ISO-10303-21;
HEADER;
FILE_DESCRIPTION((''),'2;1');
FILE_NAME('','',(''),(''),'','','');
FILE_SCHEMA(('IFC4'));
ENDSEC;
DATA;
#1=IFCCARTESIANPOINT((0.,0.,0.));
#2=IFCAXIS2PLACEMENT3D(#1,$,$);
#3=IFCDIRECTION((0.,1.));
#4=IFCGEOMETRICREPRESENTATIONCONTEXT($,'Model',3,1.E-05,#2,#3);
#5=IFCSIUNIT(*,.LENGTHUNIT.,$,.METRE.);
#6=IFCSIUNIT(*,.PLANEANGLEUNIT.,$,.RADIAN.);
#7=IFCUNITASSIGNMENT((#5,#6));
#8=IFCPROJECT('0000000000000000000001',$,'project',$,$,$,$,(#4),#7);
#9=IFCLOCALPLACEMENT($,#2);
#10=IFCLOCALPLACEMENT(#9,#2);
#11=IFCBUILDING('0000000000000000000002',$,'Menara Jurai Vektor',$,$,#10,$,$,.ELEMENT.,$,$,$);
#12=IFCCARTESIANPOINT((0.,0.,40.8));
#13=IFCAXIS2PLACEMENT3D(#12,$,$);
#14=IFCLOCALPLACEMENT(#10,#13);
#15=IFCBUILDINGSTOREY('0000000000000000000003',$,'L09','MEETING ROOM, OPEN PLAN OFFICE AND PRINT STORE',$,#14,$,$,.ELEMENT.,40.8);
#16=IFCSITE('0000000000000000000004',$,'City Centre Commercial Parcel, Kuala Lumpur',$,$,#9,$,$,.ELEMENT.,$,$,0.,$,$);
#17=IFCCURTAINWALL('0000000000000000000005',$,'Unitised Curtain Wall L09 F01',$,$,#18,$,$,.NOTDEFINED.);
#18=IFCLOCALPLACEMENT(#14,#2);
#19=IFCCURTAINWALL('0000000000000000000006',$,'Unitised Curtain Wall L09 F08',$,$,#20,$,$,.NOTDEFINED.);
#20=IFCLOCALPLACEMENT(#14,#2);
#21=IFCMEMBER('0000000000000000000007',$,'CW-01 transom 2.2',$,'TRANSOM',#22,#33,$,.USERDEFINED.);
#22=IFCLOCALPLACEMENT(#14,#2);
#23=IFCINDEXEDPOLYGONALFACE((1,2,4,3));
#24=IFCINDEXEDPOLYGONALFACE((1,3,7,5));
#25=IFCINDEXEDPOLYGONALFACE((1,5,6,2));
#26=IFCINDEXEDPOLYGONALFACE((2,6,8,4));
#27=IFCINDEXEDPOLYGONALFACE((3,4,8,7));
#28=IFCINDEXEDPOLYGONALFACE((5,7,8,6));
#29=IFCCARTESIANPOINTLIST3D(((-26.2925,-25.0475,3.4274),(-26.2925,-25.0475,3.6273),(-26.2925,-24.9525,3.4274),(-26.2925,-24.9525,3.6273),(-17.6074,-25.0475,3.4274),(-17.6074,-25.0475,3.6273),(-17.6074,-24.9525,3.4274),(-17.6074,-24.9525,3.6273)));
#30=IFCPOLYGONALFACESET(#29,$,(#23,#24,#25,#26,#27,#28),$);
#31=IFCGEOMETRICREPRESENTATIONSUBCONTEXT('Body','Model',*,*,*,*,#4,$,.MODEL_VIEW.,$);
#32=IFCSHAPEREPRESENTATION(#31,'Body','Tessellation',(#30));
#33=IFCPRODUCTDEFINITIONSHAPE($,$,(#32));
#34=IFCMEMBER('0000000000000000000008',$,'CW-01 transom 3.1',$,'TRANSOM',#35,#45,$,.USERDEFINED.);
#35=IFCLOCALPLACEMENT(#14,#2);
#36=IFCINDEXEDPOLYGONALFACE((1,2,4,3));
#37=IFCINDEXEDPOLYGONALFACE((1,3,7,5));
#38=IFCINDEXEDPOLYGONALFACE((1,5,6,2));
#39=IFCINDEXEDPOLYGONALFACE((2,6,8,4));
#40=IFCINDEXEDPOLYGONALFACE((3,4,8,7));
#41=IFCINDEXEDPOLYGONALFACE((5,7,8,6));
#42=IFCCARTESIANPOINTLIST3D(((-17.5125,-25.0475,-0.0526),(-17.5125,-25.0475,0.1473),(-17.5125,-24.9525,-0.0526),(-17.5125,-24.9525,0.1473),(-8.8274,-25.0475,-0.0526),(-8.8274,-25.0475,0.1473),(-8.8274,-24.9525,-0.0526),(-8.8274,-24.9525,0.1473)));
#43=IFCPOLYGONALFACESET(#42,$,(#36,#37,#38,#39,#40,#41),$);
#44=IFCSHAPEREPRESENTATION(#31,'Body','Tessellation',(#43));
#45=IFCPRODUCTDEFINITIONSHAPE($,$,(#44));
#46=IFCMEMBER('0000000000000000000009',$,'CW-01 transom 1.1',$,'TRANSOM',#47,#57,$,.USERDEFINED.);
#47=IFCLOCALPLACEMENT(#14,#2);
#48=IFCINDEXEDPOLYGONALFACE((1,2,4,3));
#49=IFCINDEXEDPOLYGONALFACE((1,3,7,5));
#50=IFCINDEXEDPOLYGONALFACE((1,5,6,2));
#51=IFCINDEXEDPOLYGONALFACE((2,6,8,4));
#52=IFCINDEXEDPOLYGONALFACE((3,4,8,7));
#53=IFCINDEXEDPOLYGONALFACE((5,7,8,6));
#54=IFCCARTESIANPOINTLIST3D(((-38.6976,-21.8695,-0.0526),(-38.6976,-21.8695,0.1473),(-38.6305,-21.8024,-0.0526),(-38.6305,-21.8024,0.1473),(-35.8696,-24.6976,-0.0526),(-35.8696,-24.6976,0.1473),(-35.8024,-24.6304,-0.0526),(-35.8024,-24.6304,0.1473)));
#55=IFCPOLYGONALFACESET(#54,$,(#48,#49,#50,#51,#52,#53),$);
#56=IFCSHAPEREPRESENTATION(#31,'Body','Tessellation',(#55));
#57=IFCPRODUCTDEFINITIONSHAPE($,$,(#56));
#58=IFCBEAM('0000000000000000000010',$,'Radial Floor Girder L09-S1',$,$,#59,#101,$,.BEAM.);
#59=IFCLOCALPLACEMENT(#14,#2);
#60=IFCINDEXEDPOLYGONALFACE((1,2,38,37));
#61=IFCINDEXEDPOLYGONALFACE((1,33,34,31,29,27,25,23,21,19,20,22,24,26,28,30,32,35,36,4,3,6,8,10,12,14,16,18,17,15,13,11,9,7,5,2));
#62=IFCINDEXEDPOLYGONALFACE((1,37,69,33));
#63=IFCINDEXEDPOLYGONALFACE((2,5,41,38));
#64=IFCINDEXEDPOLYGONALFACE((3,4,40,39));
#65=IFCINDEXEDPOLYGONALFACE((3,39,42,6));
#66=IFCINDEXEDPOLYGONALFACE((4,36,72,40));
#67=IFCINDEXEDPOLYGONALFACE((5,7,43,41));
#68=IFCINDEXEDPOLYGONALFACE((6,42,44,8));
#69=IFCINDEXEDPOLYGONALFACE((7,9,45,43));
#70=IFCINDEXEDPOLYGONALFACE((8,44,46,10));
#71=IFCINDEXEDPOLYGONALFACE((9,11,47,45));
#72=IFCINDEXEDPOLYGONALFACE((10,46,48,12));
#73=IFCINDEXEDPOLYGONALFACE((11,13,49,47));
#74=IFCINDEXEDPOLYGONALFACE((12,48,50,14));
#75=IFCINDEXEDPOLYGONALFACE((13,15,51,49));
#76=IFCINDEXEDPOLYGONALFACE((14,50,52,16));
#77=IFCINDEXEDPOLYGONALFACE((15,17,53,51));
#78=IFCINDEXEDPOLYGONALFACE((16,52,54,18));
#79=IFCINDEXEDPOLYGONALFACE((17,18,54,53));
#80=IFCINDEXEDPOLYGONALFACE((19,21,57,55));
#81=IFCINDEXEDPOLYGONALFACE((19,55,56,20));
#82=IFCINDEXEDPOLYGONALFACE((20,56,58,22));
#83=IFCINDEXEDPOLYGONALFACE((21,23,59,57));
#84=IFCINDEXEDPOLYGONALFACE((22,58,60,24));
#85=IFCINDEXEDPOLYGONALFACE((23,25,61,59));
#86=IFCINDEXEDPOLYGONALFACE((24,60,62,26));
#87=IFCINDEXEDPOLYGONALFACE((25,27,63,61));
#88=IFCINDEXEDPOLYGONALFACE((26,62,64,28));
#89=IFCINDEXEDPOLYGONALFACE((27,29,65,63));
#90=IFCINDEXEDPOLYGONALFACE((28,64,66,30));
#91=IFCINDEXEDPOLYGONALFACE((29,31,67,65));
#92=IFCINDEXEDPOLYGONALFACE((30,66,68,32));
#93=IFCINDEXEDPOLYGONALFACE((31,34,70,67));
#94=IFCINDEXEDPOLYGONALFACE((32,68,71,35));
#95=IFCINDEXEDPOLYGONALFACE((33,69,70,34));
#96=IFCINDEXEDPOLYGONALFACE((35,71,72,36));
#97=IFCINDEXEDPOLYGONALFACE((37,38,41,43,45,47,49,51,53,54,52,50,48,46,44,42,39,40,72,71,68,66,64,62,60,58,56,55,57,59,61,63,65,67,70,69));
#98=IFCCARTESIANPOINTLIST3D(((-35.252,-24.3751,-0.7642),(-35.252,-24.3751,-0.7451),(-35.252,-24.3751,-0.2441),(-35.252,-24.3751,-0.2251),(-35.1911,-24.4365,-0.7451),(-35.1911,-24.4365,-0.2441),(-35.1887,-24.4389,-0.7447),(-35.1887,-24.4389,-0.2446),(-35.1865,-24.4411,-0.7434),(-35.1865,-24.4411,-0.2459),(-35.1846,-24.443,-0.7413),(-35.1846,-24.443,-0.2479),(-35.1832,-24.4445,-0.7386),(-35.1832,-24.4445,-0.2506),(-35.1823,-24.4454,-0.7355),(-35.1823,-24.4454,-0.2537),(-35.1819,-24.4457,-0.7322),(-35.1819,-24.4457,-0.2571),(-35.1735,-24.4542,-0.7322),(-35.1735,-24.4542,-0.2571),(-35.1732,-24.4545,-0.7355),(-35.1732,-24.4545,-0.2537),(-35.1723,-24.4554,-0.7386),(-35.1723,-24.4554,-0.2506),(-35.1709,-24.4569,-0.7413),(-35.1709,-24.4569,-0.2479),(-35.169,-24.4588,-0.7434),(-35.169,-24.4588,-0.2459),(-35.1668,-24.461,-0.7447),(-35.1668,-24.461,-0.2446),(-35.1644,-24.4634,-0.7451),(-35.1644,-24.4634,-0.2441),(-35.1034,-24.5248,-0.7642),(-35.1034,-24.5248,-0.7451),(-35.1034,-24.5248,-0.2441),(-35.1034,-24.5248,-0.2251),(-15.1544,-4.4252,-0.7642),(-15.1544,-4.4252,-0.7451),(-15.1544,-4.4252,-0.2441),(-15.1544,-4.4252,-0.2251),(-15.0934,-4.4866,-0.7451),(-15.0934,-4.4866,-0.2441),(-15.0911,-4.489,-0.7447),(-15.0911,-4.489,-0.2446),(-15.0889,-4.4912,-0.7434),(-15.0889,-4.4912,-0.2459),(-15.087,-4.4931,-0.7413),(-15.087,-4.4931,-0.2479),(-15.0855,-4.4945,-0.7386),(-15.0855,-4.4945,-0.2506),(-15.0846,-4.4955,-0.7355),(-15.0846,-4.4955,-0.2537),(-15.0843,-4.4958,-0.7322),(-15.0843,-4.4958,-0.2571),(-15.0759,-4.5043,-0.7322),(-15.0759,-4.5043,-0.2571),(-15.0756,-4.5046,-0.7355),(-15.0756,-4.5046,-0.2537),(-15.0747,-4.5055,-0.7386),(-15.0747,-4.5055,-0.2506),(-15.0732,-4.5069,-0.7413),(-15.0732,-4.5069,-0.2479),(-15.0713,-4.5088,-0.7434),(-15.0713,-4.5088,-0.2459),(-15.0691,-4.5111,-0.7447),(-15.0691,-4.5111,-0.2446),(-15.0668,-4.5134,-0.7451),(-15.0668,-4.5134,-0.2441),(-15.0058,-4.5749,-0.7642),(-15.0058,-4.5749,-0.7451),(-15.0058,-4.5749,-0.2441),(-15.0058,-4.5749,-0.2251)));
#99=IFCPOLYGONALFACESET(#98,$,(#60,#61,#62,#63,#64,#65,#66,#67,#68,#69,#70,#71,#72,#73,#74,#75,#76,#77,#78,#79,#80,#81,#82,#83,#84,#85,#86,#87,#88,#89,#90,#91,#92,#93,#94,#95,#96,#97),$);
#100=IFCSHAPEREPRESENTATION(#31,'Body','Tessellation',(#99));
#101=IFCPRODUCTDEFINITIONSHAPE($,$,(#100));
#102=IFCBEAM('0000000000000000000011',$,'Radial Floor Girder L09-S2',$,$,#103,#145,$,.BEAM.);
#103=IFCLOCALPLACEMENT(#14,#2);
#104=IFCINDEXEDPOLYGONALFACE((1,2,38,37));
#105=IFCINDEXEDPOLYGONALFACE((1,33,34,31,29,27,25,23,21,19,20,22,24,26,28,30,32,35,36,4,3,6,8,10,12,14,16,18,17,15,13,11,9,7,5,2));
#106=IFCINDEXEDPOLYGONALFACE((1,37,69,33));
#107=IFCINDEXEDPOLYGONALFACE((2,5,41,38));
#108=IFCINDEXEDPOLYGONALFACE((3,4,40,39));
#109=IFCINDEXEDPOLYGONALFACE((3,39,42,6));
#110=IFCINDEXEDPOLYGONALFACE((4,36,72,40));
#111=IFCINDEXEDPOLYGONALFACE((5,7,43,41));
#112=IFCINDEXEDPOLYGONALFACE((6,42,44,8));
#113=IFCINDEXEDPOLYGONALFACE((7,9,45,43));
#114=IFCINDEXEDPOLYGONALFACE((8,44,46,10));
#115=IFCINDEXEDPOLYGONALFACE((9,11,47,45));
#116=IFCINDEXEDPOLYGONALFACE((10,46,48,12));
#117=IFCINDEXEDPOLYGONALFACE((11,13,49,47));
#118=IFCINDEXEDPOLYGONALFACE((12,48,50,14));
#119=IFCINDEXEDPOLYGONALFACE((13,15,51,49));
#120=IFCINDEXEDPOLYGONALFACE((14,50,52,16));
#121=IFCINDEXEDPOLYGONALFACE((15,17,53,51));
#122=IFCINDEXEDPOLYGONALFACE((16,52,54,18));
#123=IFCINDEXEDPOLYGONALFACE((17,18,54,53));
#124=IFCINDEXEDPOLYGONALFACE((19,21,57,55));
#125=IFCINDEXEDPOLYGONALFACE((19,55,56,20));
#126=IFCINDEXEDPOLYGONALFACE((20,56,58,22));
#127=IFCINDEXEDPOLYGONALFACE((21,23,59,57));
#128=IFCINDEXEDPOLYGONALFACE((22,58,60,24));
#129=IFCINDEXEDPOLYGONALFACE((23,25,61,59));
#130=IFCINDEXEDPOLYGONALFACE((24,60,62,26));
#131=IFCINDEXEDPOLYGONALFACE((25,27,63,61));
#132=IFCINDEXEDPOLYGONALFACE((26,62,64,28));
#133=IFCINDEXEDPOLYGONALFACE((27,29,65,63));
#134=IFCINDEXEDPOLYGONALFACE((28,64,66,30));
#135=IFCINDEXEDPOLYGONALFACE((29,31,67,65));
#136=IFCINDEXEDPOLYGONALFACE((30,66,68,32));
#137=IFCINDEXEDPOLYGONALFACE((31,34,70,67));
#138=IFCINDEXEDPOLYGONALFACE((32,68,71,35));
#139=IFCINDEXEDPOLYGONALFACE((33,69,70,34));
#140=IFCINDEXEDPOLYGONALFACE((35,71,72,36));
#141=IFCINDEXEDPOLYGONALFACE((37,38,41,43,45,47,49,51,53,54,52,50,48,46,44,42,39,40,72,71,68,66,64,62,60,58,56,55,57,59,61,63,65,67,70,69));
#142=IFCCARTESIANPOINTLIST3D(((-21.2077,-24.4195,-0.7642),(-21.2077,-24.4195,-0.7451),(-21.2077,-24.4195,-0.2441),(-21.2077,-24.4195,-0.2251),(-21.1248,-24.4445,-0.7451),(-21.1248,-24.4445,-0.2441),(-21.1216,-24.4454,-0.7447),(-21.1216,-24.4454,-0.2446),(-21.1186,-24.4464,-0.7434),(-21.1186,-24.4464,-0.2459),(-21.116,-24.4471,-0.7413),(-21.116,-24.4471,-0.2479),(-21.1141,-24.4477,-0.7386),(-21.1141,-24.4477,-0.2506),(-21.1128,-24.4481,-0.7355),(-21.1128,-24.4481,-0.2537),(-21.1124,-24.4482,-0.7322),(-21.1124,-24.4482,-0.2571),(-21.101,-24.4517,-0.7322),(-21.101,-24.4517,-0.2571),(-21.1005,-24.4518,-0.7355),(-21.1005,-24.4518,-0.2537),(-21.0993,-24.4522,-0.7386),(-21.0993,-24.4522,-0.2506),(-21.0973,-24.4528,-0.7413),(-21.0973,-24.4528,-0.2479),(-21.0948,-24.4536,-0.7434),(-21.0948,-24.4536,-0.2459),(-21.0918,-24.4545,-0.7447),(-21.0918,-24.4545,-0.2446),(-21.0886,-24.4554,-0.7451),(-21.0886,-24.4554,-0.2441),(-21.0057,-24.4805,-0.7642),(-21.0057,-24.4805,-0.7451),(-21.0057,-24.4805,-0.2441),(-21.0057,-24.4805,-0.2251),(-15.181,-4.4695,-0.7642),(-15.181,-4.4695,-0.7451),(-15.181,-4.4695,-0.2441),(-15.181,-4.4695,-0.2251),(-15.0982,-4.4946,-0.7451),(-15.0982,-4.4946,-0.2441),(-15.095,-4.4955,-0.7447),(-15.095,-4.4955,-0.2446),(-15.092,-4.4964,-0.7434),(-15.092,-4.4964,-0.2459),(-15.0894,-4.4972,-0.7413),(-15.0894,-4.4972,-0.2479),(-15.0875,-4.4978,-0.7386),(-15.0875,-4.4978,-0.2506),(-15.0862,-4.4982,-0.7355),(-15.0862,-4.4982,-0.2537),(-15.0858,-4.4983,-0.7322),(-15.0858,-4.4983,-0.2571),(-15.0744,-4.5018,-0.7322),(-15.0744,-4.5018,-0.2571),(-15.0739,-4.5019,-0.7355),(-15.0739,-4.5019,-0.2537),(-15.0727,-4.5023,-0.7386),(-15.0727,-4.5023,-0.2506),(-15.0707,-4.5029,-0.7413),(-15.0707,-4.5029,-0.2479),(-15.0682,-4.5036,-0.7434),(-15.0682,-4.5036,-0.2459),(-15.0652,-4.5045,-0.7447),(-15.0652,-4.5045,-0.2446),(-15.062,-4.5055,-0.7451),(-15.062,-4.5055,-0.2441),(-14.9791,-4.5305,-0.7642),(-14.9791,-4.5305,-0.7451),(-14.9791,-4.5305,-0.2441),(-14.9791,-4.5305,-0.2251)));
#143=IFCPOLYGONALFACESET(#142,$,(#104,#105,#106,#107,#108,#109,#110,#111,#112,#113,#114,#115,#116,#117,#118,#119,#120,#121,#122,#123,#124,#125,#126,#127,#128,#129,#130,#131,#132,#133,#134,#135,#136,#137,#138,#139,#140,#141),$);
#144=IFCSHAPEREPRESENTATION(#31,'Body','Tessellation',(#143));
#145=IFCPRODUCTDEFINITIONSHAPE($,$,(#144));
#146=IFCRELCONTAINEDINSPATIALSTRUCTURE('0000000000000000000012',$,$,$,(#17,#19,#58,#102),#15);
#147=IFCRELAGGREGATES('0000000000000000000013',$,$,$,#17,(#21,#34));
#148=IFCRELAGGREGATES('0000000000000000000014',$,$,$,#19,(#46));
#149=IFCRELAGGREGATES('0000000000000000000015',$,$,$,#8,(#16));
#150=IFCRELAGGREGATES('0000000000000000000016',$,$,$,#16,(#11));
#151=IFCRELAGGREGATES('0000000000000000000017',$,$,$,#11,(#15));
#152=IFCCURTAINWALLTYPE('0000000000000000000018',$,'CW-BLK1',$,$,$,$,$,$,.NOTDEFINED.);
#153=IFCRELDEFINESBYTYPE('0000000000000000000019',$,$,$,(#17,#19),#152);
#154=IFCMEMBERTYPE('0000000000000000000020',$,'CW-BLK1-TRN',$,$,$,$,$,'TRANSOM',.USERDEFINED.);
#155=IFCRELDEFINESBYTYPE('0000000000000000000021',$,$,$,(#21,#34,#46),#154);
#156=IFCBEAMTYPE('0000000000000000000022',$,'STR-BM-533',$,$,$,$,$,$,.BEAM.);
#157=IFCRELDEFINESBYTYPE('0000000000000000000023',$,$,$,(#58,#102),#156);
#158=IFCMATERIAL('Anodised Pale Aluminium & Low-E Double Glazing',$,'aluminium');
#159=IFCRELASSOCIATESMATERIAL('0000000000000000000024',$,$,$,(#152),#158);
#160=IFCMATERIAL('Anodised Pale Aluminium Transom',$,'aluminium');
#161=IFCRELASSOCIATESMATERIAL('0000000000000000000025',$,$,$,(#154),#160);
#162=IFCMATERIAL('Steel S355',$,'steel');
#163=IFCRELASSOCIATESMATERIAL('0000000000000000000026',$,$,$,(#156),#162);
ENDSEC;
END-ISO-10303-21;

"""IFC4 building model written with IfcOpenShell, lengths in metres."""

from ifc_helpers import new_model, si_unit, direction, frame, origin, origin_2d, place, context, subcontext, project, spatial, rectangle, i_section, extrude, material, material_profile, profile_set, type_object, element, aggregate, save


model = new_model("IFC4")

# Units and contexts
model_context = context("Model", 3, precision=1e-05, world=origin(), true_north=direction((0.0, 1.0)))
body_context = subcontext(model_context, "Body", "Model", "MODEL_VIEW")
ifc_project = project(units=[si_unit("LENGTHUNIT", "METRE"), si_unit("PLANEANGLEUNIT", "RADIAN")], contexts=[model_context])

# Site, building, storey
site_placement = place(None, origin())
site = spatial("IfcSite", under=ifc_project, at=site_placement, Name="City Centre Commercial Parcel, Kuala Lumpur", CompositionType="ELEMENT", RefElevation=0.0)
building_placement = place(site_placement, origin())
building = spatial("IfcBuilding", under=site, at=building_placement, Name="Menara Jurai Vektor", CompositionType="ELEMENT")
storey_placement = place(building_placement, frame((0.0, 0.0, 40.8)))
storey = spatial("IfcBuildingStorey", under=building, at=storey_placement, Name="L09", Description="MEETING ROOM, OPEN PLAN OFFICE AND PRINT STORE", CompositionType="ELEMENT", Elevation=40.8)

# Curtain wall
ifc_material_1 = material(Name="Anodised Pale Aluminium & Low-E Double Glazing", Category="aluminium")
curtain_wall_type = type_object("IfcCurtainWallType", Name="CW-BLK1", PredefinedType="NOTDEFINED", material=ifc_material_1)
curtain_wall_1_placement = place(storey_placement, origin())
curtain_wall_1 = element("IfcCurtainWall", 1, at=curtain_wall_1_placement, inside=storey, type_object=curtain_wall_type, Name="Unitised Curtain Wall L09 F01", PredefinedType="NOTDEFINED")

# Curtain wall
curtain_wall_2_placement = place(storey_placement, origin())
curtain_wall_2 = element("IfcCurtainWall", 2, at=curtain_wall_2_placement, inside=storey, type_object=curtain_wall_type, Name="Unitised Curtain Wall L09 F08", PredefinedType="NOTDEFINED")

# Members
ifc_material_2 = material(Name="Anodised Pale Aluminium Transom", Category="aluminium")
ifc_material_profile_1 = material_profile(ifc_material_2, rectangle(XDim=0.095, YDim=0.2, at=origin_2d()), Name="ALU TRN 95x200")
ifc_profile_set_1 = profile_set([ifc_material_profile_1], Name="Anodised Pale Aluminium Transom")
member_type_1 = type_object("IfcMemberType", Name="CW-BLK1-TRN", ElementType="TRANSOM", PredefinedType="USERDEFINED", material=ifc_profile_set_1)
member_1_placement = place(storey_placement, frame((-26.2925, -25.0, 3.5273), z_axis=(1.0, 0.0, 0.0), x_axis=(0.0, 1.0, 0.0)))
member_1 = element("IfcMember", 3, at=member_1_placement, type_object=member_type_1, Name="CW-01 transom 2.2", ObjectType="TRANSOM", PredefinedType="USERDEFINED", context=body_context, shape_type="SweptSolid", body=[
    extrude(rectangle(XDim=0.095, YDim=0.2, at=origin_2d()), origin(), (0.0, 0.0, 1.0), 8.6851),
])
member_2_placement = place(storey_placement, frame((-17.5125, -25.0, 0.0474), z_axis=(1.0, 0.0, 0.0), x_axis=(0.0, 1.0, 0.0)))
member_2 = element("IfcMember", 4, at=member_2_placement, type_object=member_type_1, Name="CW-01 transom 3.1", ObjectType="TRANSOM", PredefinedType="USERDEFINED", context=body_context, shape_type="SweptSolid", body=[
    extrude(rectangle(XDim=0.095, YDim=0.2, at=origin_2d()), origin(), (0.0, 0.0, 1.0), 8.6851),
])
member_3_placement = place(storey_placement, frame((-38.6641, -21.8359, 0.0474), z_axis=(0.707107, -0.707107, 0.0), x_axis=(0.707107, 0.707107, 0.0)))
member_3 = element("IfcMember", 5, at=member_3_placement, type_object=member_type_1, Name="CW-01 transom 1.1", ObjectType="TRANSOM", PredefinedType="USERDEFINED", context=body_context, shape_type="SweptSolid", body=[
    extrude(rectangle(XDim=0.095, YDim=0.2, at=origin_2d()), origin(), (0.0, 0.0, 1.0), 3.9995),
])

# Beams
ifc_material_3 = material(Name="Steel S355", Category="steel")
ifc_material_profile_2 = material_profile(ifc_material_3, i_section(OverallWidth=0.2109, OverallDepth=0.5391, WebThickness=0.012, FlangeThickness=0.019, FilletRadius=0.0129, at=origin_2d()), Name="UKB 533x210x109")
ifc_profile_set_2 = profile_set([ifc_material_profile_2], Name="Steel S355")
beam_type_1 = type_object("IfcBeamType", Name="STR-BM-533", PredefinedType="BEAM", material=ifc_profile_set_2)
beam_1_placement = place(storey_placement, frame((-35.1777, -24.45, -0.4946), z_axis=(0.70971, 0.704494, 0.0), x_axis=(-0.704494, 0.70971, 0.0)))
element("IfcBeam", 6, at=beam_1_placement, inside=storey, type_object=beam_type_1, Name="Radial Floor Girder L09-S1", PredefinedType="BEAM", context=body_context, shape_type="SweptSolid", body=[
    extrude(i_section(OverallWidth=0.2109, OverallDepth=0.5391, WebThickness=0.012, FlangeThickness=0.019, FilletRadius=0.0129, at=origin_2d()), origin(), (0.0, 0.0, 1.0), 28.3181),
])
beam_2_placement = place(storey_placement, frame((-21.1067, -24.45, -0.4946), z_axis=(0.28918, 0.957275, 0.0), x_axis=(-0.957275, 0.28918, 0.0)))
element("IfcBeam", 7, at=beam_2_placement, inside=storey, type_object=beam_type_1, Name="Radial Floor Girder L09-S2", PredefinedType="BEAM", context=body_context, shape_type="SweptSolid", body=[
    extrude(i_section(OverallWidth=0.2109, OverallDepth=0.5391, WebThickness=0.012, FlangeThickness=0.019, FilletRadius=0.0129, at=origin_2d()), origin(), (0.0, 0.0, 1.0), 20.8403),
])

aggregate(curtain_wall_1, [member_1, member_2])
aggregate(curtain_wall_2, [member_3])

save(model, "model.ifc")
